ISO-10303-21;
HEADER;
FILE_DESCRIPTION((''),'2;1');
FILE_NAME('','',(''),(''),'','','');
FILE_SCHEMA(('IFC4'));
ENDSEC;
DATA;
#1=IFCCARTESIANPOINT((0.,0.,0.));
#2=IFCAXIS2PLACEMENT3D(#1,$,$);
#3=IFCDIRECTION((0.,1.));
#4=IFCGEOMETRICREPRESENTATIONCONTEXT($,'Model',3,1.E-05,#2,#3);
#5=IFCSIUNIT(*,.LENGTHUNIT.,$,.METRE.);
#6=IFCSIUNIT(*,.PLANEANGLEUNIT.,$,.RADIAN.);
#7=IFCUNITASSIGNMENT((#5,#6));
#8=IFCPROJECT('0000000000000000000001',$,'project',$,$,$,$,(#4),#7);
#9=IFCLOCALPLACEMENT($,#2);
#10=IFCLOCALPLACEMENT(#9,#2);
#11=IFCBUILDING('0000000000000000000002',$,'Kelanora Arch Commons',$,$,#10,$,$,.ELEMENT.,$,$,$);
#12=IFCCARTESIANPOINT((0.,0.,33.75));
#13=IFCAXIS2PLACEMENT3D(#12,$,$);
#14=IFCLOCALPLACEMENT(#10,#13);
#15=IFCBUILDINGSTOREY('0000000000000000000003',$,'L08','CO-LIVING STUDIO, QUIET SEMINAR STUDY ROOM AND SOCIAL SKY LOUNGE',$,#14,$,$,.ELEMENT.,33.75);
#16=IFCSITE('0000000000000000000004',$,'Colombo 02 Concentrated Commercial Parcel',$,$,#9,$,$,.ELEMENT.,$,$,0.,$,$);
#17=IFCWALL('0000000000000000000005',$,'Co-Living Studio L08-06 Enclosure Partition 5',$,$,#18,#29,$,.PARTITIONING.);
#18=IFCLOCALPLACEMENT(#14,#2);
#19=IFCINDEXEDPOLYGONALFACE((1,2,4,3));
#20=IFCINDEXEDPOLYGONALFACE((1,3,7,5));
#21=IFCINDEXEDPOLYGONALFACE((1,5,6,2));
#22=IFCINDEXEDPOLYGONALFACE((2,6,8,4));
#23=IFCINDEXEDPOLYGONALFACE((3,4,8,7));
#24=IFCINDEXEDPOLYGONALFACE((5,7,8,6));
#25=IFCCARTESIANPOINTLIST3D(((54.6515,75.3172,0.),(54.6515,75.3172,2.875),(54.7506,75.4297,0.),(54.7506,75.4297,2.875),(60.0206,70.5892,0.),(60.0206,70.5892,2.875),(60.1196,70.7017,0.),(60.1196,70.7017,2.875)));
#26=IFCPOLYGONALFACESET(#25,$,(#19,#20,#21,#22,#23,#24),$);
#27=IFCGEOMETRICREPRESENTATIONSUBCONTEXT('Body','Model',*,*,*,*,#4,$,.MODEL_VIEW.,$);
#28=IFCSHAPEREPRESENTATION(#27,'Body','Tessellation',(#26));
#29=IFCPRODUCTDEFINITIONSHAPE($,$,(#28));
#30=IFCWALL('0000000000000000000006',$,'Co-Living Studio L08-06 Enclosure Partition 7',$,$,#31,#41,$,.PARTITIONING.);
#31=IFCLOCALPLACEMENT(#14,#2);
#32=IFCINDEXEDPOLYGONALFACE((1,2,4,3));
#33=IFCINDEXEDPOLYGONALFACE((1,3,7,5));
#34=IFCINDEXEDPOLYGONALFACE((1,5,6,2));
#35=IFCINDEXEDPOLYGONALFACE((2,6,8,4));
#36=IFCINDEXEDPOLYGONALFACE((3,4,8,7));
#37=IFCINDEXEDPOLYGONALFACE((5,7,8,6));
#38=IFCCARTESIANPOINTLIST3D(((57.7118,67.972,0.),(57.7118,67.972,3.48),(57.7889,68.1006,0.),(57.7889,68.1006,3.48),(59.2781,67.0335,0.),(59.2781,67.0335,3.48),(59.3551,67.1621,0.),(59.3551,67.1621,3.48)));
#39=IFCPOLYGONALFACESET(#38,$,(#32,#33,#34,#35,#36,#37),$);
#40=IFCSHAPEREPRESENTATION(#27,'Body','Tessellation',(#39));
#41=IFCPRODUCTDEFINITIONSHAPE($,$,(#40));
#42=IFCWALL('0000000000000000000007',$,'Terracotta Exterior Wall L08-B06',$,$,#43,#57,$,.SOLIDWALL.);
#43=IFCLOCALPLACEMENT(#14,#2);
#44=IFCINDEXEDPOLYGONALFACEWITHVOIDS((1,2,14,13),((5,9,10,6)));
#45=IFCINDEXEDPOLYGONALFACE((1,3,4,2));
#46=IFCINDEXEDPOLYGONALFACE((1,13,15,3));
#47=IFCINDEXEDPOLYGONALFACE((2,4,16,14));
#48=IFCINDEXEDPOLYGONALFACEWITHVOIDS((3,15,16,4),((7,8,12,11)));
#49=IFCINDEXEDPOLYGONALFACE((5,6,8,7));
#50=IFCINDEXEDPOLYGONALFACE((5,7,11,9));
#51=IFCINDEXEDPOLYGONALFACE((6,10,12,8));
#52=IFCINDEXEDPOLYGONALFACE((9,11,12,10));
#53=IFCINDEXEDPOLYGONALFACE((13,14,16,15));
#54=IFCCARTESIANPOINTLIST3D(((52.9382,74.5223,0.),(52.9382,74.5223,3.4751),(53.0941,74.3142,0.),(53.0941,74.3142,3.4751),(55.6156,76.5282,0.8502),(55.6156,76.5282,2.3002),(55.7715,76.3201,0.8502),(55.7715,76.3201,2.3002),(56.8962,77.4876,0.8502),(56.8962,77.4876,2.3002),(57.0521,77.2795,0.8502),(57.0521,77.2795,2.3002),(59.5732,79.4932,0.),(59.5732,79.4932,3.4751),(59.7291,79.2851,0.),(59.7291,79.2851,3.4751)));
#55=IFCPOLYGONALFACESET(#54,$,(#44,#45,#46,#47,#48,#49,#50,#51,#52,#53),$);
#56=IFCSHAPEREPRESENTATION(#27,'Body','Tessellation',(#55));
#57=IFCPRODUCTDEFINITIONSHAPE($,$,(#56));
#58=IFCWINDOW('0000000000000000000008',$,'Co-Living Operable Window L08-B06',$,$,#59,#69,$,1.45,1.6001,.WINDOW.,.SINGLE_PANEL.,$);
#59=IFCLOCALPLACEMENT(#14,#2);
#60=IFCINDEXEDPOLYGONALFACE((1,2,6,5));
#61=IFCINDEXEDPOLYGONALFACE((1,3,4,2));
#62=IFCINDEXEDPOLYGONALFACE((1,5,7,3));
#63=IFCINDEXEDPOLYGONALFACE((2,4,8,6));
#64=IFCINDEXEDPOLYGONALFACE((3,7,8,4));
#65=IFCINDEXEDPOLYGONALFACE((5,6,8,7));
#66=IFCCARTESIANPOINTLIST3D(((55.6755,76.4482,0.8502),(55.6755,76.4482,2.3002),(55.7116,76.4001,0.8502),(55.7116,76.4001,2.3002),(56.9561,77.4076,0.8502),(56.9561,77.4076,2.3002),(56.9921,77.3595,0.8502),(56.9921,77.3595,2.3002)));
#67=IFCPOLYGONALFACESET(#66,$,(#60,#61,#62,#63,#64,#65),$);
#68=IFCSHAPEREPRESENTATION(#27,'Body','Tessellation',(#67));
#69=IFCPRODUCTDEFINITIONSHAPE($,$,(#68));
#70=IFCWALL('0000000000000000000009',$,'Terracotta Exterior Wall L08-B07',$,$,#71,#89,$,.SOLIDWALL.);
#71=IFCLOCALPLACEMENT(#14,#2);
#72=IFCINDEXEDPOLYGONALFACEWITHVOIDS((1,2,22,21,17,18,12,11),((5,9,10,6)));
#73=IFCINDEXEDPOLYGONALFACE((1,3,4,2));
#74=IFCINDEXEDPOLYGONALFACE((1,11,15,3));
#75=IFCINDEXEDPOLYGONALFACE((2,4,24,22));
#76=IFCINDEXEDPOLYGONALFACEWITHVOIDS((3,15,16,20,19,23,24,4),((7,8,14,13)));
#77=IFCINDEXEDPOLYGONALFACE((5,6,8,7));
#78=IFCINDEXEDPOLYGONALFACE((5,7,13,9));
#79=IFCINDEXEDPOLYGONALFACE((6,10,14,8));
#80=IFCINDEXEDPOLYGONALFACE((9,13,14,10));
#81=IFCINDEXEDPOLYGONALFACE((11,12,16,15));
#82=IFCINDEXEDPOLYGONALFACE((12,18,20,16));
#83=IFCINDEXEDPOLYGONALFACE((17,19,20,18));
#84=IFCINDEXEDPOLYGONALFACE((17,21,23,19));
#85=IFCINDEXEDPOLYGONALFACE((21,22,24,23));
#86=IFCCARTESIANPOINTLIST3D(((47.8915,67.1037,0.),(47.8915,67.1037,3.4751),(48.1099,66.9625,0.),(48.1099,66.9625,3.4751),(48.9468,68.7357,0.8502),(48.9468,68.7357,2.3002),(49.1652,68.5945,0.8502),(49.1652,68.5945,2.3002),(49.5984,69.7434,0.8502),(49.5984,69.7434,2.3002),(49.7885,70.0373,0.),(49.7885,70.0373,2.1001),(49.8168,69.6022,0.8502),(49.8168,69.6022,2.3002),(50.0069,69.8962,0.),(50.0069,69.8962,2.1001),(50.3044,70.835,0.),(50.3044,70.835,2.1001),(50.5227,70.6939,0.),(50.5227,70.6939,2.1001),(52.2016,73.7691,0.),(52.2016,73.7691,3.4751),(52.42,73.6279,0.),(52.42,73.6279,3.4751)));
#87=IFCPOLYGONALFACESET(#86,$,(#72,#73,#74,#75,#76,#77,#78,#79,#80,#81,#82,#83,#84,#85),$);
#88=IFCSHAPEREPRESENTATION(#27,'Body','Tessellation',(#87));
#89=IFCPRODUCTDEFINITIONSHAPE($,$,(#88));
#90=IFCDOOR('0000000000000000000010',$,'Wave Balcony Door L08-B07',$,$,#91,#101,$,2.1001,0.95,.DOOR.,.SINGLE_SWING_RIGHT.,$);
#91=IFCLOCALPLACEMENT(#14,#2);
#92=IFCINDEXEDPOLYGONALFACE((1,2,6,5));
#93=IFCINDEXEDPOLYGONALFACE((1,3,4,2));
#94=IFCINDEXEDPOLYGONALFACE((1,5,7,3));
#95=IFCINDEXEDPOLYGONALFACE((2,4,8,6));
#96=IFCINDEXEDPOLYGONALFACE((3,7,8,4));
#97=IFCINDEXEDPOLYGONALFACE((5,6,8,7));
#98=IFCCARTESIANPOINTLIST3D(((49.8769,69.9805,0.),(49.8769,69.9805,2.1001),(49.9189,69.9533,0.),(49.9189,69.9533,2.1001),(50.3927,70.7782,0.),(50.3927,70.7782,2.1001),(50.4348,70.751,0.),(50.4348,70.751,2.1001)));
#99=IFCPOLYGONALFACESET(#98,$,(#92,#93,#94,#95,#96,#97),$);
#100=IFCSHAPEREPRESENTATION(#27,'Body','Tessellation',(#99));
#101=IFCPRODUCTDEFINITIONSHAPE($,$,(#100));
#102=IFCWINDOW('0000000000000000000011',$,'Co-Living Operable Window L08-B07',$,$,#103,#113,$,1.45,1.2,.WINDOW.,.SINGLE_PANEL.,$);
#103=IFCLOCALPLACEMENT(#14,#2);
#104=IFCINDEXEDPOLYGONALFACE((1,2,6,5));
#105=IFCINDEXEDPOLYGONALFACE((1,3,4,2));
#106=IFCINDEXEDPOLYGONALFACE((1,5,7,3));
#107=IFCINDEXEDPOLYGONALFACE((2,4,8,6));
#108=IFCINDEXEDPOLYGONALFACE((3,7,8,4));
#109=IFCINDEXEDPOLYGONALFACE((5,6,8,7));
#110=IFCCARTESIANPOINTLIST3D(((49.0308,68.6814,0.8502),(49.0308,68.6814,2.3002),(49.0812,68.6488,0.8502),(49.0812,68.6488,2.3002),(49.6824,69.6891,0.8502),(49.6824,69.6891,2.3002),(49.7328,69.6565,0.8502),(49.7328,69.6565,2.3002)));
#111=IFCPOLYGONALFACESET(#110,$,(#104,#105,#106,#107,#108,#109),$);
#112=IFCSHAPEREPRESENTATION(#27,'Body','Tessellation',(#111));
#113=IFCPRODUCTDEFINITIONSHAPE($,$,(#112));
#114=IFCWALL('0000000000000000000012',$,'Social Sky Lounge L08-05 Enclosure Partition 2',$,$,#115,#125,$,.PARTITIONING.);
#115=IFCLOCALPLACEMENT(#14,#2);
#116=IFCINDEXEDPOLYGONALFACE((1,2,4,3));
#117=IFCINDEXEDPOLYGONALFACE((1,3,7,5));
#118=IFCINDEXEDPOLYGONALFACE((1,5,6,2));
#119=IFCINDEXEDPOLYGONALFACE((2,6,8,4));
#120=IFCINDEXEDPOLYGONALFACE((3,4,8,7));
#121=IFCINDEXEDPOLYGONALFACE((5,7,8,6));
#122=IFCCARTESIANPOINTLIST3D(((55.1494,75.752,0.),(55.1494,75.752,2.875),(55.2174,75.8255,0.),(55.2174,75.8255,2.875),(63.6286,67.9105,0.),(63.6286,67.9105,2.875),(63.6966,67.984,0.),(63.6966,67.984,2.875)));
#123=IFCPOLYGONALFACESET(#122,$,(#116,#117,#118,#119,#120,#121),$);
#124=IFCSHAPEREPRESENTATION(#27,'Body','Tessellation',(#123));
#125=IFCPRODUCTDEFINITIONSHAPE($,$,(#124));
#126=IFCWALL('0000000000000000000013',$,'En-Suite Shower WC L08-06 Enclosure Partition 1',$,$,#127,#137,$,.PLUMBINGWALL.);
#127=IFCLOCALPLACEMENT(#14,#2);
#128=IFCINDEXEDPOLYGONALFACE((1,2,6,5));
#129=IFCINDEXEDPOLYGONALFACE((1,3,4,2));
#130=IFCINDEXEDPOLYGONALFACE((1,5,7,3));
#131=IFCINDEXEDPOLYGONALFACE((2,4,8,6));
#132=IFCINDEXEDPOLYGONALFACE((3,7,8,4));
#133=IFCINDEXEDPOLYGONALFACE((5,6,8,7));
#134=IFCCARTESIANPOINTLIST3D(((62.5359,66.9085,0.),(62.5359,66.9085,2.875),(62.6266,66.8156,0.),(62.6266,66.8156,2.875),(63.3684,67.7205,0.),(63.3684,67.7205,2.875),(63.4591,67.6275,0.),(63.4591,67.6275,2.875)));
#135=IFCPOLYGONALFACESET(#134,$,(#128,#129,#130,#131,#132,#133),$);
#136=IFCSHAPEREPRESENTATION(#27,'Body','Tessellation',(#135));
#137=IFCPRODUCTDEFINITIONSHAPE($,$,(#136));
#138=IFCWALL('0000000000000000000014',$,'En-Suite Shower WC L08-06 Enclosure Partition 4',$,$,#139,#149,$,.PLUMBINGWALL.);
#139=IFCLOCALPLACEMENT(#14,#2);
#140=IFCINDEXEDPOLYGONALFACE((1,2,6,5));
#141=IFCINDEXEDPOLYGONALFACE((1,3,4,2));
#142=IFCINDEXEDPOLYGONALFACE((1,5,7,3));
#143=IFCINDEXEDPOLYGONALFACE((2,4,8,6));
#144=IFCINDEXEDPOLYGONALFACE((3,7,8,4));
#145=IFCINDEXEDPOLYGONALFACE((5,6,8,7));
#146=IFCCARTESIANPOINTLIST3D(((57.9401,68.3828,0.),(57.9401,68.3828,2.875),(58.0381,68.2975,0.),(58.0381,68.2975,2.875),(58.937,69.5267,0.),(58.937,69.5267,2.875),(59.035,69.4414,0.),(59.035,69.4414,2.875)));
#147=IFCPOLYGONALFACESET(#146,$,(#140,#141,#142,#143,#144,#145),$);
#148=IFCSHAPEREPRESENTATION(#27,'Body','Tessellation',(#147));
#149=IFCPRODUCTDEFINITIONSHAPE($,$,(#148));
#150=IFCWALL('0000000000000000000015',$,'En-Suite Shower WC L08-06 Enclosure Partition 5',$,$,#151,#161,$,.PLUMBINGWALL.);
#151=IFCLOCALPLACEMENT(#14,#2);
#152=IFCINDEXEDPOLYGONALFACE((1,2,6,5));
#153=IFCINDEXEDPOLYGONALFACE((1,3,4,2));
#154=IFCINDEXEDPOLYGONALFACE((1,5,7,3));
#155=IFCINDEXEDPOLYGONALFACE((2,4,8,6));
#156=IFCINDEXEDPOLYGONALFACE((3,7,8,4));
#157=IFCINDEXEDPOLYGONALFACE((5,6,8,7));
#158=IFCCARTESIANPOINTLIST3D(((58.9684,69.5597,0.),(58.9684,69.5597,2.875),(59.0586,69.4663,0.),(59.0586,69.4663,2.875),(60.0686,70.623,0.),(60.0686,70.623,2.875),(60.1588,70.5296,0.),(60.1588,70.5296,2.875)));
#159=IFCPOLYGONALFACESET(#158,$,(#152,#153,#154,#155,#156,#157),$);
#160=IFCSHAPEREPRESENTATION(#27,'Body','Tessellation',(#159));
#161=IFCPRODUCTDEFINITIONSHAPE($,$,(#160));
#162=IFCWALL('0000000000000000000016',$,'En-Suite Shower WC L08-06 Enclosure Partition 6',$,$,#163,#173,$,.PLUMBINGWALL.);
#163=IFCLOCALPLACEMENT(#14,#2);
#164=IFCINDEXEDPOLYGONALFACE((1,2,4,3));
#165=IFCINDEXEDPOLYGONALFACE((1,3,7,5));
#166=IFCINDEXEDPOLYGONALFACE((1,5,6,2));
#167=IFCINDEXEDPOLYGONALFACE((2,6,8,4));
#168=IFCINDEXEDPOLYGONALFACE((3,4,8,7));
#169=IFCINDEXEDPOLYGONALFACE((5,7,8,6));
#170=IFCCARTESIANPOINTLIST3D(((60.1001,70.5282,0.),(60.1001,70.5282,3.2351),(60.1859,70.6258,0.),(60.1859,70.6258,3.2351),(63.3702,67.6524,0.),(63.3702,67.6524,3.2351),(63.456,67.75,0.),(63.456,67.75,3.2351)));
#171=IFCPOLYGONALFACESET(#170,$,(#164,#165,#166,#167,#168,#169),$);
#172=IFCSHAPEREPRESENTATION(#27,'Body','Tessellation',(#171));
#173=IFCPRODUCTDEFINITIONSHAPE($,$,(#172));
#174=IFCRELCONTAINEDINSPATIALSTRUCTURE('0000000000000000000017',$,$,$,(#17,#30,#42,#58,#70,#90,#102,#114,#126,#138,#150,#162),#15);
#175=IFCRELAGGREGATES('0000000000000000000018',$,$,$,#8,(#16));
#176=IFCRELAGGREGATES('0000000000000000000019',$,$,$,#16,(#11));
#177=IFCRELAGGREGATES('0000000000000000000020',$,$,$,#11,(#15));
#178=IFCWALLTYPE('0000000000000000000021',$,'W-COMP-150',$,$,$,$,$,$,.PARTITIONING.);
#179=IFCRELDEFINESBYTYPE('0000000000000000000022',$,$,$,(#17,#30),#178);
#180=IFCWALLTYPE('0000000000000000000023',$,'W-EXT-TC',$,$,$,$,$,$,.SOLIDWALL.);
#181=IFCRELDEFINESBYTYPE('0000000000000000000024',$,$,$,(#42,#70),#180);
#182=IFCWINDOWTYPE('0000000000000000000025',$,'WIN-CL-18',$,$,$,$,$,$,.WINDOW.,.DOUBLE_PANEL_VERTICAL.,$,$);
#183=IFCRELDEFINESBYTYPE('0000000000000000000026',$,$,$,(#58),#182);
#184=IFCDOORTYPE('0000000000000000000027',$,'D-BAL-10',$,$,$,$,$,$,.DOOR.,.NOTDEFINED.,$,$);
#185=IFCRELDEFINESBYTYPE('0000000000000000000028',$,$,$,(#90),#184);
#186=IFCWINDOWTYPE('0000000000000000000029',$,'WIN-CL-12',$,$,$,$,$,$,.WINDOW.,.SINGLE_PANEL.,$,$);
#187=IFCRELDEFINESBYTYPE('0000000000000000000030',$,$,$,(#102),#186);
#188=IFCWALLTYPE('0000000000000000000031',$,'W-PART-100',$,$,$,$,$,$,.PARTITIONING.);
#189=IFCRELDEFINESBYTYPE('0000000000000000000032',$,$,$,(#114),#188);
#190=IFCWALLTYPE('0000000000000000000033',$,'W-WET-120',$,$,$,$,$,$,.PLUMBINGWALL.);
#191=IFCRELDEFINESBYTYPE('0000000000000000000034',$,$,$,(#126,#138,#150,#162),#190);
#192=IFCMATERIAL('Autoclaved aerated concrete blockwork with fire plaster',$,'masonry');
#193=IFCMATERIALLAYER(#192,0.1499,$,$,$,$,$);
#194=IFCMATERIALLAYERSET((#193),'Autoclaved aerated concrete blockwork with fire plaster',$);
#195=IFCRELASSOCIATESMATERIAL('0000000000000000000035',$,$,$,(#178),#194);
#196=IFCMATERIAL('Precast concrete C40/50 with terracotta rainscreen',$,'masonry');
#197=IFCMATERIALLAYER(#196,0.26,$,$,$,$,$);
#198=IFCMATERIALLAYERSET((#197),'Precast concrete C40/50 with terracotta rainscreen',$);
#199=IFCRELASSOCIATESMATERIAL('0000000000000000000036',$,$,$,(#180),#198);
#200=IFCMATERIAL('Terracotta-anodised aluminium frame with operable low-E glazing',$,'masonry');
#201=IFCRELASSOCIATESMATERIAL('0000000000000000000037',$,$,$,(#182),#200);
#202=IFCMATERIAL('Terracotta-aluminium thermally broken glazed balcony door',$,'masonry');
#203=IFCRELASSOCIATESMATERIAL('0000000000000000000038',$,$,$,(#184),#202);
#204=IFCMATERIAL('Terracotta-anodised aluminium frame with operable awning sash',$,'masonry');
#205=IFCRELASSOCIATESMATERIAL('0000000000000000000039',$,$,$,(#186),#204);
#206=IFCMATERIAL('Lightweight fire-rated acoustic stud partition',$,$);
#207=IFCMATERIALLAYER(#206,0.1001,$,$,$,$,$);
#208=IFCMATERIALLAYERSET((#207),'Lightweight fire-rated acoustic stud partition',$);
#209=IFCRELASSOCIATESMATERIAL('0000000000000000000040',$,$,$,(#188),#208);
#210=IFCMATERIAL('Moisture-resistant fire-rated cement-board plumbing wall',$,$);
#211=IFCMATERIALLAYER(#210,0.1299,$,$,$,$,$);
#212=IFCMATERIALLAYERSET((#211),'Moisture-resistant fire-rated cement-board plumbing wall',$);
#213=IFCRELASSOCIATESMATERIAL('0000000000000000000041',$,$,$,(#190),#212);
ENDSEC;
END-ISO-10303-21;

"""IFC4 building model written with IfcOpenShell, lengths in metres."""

from ifc_helpers import new_model, si_unit, direction, frame, frame_2d, origin, place, context, subcontext, project, spatial, rectangle, extrude, material, layer, layer_set, type_object, element, fill, save


model = new_model("IFC4")

# Units and contexts
model_context = context("Model", 3, precision=1e-05, world=origin(), true_north=direction((0.0, 1.0)))
body_context = subcontext(model_context, "Body", "Model", "MODEL_VIEW")
ifc_project = project(units=[si_unit("LENGTHUNIT", "METRE"), si_unit("PLANEANGLEUNIT", "RADIAN")], contexts=[model_context])

# Site, building, storey
site_placement = place(None, origin())
site = spatial("IfcSite", under=ifc_project, at=site_placement, Name="Colombo 02 Concentrated Commercial Parcel", CompositionType="ELEMENT", RefElevation=0.0)
building_placement = place(site_placement, origin())
building = spatial("IfcBuilding", under=site, at=building_placement, Name="Kelanora Arch Commons", CompositionType="ELEMENT")
storey_placement = place(building_placement, frame((0.0, 0.0, 33.75)))
storey = spatial("IfcBuildingStorey", under=building, at=storey_placement, Name="L08", Description="CO-LIVING STUDIO, QUIET SEMINAR STUDY ROOM AND SOCIAL SKY LOUNGE", CompositionType="ELEMENT", Elevation=33.75)

# Walls
ifc_material_1 = material(Name="Autoclaved aerated concrete blockwork with fire plaster", Category="masonry")
ifc_layer_1 = layer(ifc_material_1, 0.1499)
ifc_layer_set_1 = layer_set([ifc_layer_1], Name="Autoclaved aerated concrete blockwork with fire plaster")
wall_type_1 = type_object("IfcWallType", Name="W-COMP-150", PredefinedType="PARTITIONING", material=ifc_layer_set_1)
wall_1_placement = place(storey_placement, frame((54.7009, 75.3735, 0.0), z_axis=(0.0, 0.0, 1.0), x_axis=(0.750493, -0.660879, 0.0)))
element("IfcWall", 1, at=wall_1_placement, inside=storey, type_object=wall_type_1, Name="Co-Living Studio L08-06 Enclosure Partition 5", PredefinedType="PARTITIONING", context=body_context, shape_type="SweptSolid", body=[
    extrude(rectangle(XDim=7.1541, YDim=0.1499, at=frame_2d((3.5771, 0.0))), origin(), (0.0, 0.0, 1.0), 2.875),
])
wall_2_placement = place(storey_placement, frame((57.7502, 68.0364, 0.0), z_axis=(0.0, 0.0, 1.0), x_axis=(0.857788, -0.514004, 0.0)))
element("IfcWall", 2, at=wall_2_placement, inside=storey, type_object=wall_type_1, Name="Co-Living Studio L08-06 Enclosure Partition 7", PredefinedType="PARTITIONING", context=body_context, shape_type="SweptSolid", body=[
    extrude(rectangle(XDim=1.8259, YDim=0.1499, at=frame_2d((0.9131, 0.0))), origin(), (0.0, 0.0, 1.0), 3.48),
])

# Wall, opening, window
ifc_material_2 = material(Name="Precast concrete C40/50 with terracotta rainscreen", Category="masonry")
ifc_layer_2 = layer(ifc_material_2, 0.26)
ifc_layer_set_2 = layer_set([ifc_layer_2], Name="Precast concrete C40/50 with terracotta rainscreen")
wall_type_2 = type_object("IfcWallType", Name="W-EXT-TC", PredefinedType="SOLIDWALL", material=ifc_layer_set_2)
wall_3_placement = place(storey_placement, frame((59.6511, 79.3892, 0.0), z_axis=(0.0, 0.0, 1.0), x_axis=(-0.800307, -0.59959, 0.0)))
wall_3 = element("IfcWall", 3, at=wall_3_placement, inside=storey, type_object=wall_type_2, Name="Terracotta Exterior Wall L08-B06", PredefinedType="SOLIDWALL", context=body_context, shape_type="SweptSolid", body=[
    extrude(rectangle(XDim=8.2905, YDim=0.26, at=frame_2d((4.1453, 0.0))), origin(), (0.0, 0.0, 1.0), 3.4751),
])
opening_1_placement = place(wall_3_placement, frame((3.345, 0.0, 0.8501)))
opening_1 = element("IfcOpeningElement", 4, at=opening_1_placement, cuts=wall_3, PredefinedType="OPENING", context=body_context, shape_type="SweptSolid", body=[
    extrude(rectangle(XDim=1.6001, YDim=1.45, at=frame_2d((0.8, 0.7251))), frame((0.0, 0.1401, 0.0), z_axis=(0.0, -1.0, 0.0), x_axis=(1.0, 0.0, 0.0)), (0.0, 0.0, 1.0), 0.28),
])
ifc_material_3 = material(Name="Terracotta-anodised aluminium frame with operable low-E glazing", Category="masonry")
window_type_1 = type_object("IfcWindowType", Name="WIN-CL-18", PartitioningType="DOUBLE_PANEL_VERTICAL", PredefinedType="WINDOW", material=ifc_material_3)
window_1_placement = place(opening_1_placement, origin())
window_1 = element("IfcWindow", 5, at=window_1_placement, inside=storey, type_object=window_type_1, Name="Co-Living Operable Window L08-B06", OverallHeight=1.45, OverallWidth=1.6001, PartitioningType="SINGLE_PANEL", PredefinedType="WINDOW", context=body_context, shape_type="SweptSolid", body=[
    extrude(rectangle(XDim=1.6001, YDim=1.45, at=frame_2d((0.8, 0.7251))), frame((0.0, 0.03, 0.0), z_axis=(0.0, -1.0, 0.0), x_axis=(1.0, 0.0, 0.0)), (0.0, 0.0, 1.0), 0.0601),
])
fill(opening_1, window_1)

# Wall, openings, door, window
wall_4_placement = place(storey_placement, frame((52.3108, 73.6985, 0.0), z_axis=(0.0, 0.0, 1.0), x_axis=(-0.543005, -0.839729, 0.0)))
wall_4 = element("IfcWall", 6, at=wall_4_placement, inside=storey, type_object=wall_type_2, Name="Terracotta Exterior Wall L08-B07", PredefinedType="SOLIDWALL", context=body_context, shape_type="SweptSolid", body=[
    extrude(rectangle(XDim=7.9375, YDim=0.26, at=frame_2d((3.9688, 0.0))), origin(), (0.0, 0.0, 1.0), 3.4751),
])
opening_2_placement = place(wall_4_placement, frame((3.4939, 0.0, 0.0)))
opening_2 = element("IfcOpeningElement", 7, at=opening_2_placement, cuts=wall_4, PredefinedType="OPENING", context=body_context, shape_type="SweptSolid", body=[
    extrude(rectangle(XDim=0.95, YDim=2.1001, at=frame_2d((0.4751, 1.05))), frame((0.0, 0.1401, 0.0), z_axis=(0.0, -1.0, 0.0), x_axis=(1.0, 0.0, 0.0)), (0.0, 0.0, 1.0), 0.28),
])
opening_3_placement = place(wall_4_placement, frame((4.7939, 0.0, 0.8501)))
opening_3 = element("IfcOpeningElement", 8, at=opening_3_placement, cuts=wall_4, PredefinedType="OPENING", context=body_context, shape_type="SweptSolid", body=[
    extrude(rectangle(XDim=1.2, YDim=1.45, at=frame_2d((0.6001, 0.7251))), frame((0.0, 0.1401, 0.0), z_axis=(0.0, -1.0, 0.0), x_axis=(1.0, 0.0, 0.0)), (0.0, 0.0, 1.0), 0.28),
])
ifc_material_4 = material(Name="Terracotta-aluminium thermally broken glazed balcony door", Category="masonry")
door_type = type_object("IfcDoorType", Name="D-BAL-10", OperationType="NOTDEFINED", PredefinedType="DOOR", material=ifc_material_4)
door_placement = place(opening_2_placement, frame((0.95, 0.0, 0.0), z_axis=(0.0, 0.0, 1.0), x_axis=(-1.0, 0.0, 0.0)))
door = element("IfcDoor", 9, at=door_placement, inside=storey, type_object=door_type, Name="Wave Balcony Door L08-B07", OperationType="SINGLE_SWING_RIGHT", OverallHeight=2.1001, OverallWidth=0.95, PredefinedType="DOOR", context=body_context, shape_type="SweptSolid", body=[
    extrude(rectangle(XDim=0.95, YDim=2.1001, at=frame_2d((0.4751, 1.05))), frame((0.0, 0.0249, 0.0), z_axis=(0.0, -1.0, 0.0), x_axis=(1.0, 0.0, 0.0)), (0.0, 0.0, 1.0), 0.05),
])
fill(opening_2, door)
ifc_material_5 = material(Name="Terracotta-anodised aluminium frame with operable awning sash", Category="masonry")
window_type_2 = type_object("IfcWindowType", Name="WIN-CL-12", PartitioningType="SINGLE_PANEL", PredefinedType="WINDOW", material=ifc_material_5)
window_2_placement = place(opening_3_placement, origin())
window_2 = element("IfcWindow", 10, at=window_2_placement, inside=storey, type_object=window_type_2, Name="Co-Living Operable Window L08-B07", OverallHeight=1.45, OverallWidth=1.2, PartitioningType="SINGLE_PANEL", PredefinedType="WINDOW", context=body_context, shape_type="SweptSolid", body=[
    extrude(rectangle(XDim=1.2, YDim=1.45, at=frame_2d((0.6001, 0.7251))), frame((0.0, 0.03, 0.0), z_axis=(0.0, -1.0, 0.0), x_axis=(1.0, 0.0, 0.0)), (0.0, 0.0, 1.0), 0.0601),
])
fill(opening_3, window_2)

# Walls
ifc_material_6 = material(Name="Lightweight fire-rated acoustic stud partition")
ifc_layer_3 = layer(ifc_material_6, 0.1001)
ifc_layer_set_3 = layer_set([ifc_layer_3], Name="Lightweight fire-rated acoustic stud partition")
wall_type_3 = type_object("IfcWallType", Name="W-PART-100", PredefinedType="PARTITIONING", material=ifc_layer_set_3)
wall_5_placement = place(storey_placement, frame((63.6626, 67.9473, 0.0), z_axis=(0.0, 0.0, 1.0), x_axis=(-0.734175, 0.67896, 0.0)))
element("IfcWall", 11, at=wall_5_placement, inside=storey, type_object=wall_type_3, Name="Social Sky Lounge L08-05 Enclosure Partition 2", PredefinedType="PARTITIONING", context=body_context, shape_type="SweptSolid", body=[
    extrude(rectangle(XDim=11.5493, YDim=0.1001, at=frame_2d((5.7747, 0.0))), origin(), (0.0, 0.0, 1.0), 2.875),
])
ifc_material_7 = material(Name="Moisture-resistant fire-rated cement-board plumbing wall")
ifc_layer_4 = layer(ifc_material_7, 0.1299)
ifc_layer_set_4 = layer_set([ifc_layer_4], Name="Moisture-resistant fire-rated cement-board plumbing wall")
wall_type_4 = type_object("IfcWallType", Name="W-WET-120", PredefinedType="PLUMBINGWALL", material=ifc_layer_set_4)
wall_6_placement = place(storey_placement, frame((63.4138, 67.6741, 0.0), z_axis=(0.0, 0.0, 1.0), x_axis=(-0.715869, -0.698235, 0.0)))
element("IfcWall", 12, at=wall_6_placement, inside=storey, type_object=wall_type_4, Name="En-Suite Shower WC L08-06 Enclosure Partition 1", PredefinedType="PLUMBINGWALL", context=body_context, shape_type="SweptSolid", body=[
    extrude(rectangle(XDim=1.1628, YDim=0.1299, at=frame_2d((0.5815, 0.0))), origin(), (0.0, 0.0, 1.0), 2.875),
])
wall_7_placement = place(storey_placement, frame((57.989, 68.3401, 0.0), z_axis=(0.0, 0.0, 1.0), x_axis=(0.657011, 0.753881, 0.0)))
element("IfcWall", 13, at=wall_7_placement, inside=storey, type_object=wall_type_4, Name="En-Suite Shower WC L08-06 Enclosure Partition 4", PredefinedType="PLUMBINGWALL", context=body_context, shape_type="SweptSolid", body=[
    extrude(rectangle(XDim=1.5173, YDim=0.1299, at=frame_2d((0.7588, 0.0))), origin(), (0.0, 0.0, 1.0), 2.875),
])
wall_8_placement = place(storey_placement, frame((59.0134, 69.5129, 0.0), z_axis=(0.0, 0.0, 1.0), x_axis=(0.719052, 0.694956, 0.0)))
element("IfcWall", 14, at=wall_8_placement, inside=storey, type_object=wall_type_4, Name="En-Suite Shower WC L08-06 Enclosure Partition 5", PredefinedType="PLUMBINGWALL", context=body_context, shape_type="SweptSolid", body=[
    extrude(rectangle(XDim=1.53, YDim=0.1299, at=frame_2d((0.7651, 0.0))), origin(), (0.0, 0.0, 1.0), 2.875),
])
wall_9_placement = place(storey_placement, frame((60.1431, 70.5769, 0.0), z_axis=(0.0, 0.0, 1.0), x_axis=(0.750928, -0.660384, 0.0)))
element("IfcWall", 15, at=wall_9_placement, inside=storey, type_object=wall_type_4, Name="En-Suite Shower WC L08-06 Enclosure Partition 6", PredefinedType="PLUMBINGWALL", context=body_context, shape_type="SweptSolid", body=[
    extrude(rectangle(XDim=4.3547, YDim=0.1299, at=frame_2d((2.1772, 0.0))), origin(), (0.0, 0.0, 1.0), 3.2351),
])

save(model, "model.ifc")
